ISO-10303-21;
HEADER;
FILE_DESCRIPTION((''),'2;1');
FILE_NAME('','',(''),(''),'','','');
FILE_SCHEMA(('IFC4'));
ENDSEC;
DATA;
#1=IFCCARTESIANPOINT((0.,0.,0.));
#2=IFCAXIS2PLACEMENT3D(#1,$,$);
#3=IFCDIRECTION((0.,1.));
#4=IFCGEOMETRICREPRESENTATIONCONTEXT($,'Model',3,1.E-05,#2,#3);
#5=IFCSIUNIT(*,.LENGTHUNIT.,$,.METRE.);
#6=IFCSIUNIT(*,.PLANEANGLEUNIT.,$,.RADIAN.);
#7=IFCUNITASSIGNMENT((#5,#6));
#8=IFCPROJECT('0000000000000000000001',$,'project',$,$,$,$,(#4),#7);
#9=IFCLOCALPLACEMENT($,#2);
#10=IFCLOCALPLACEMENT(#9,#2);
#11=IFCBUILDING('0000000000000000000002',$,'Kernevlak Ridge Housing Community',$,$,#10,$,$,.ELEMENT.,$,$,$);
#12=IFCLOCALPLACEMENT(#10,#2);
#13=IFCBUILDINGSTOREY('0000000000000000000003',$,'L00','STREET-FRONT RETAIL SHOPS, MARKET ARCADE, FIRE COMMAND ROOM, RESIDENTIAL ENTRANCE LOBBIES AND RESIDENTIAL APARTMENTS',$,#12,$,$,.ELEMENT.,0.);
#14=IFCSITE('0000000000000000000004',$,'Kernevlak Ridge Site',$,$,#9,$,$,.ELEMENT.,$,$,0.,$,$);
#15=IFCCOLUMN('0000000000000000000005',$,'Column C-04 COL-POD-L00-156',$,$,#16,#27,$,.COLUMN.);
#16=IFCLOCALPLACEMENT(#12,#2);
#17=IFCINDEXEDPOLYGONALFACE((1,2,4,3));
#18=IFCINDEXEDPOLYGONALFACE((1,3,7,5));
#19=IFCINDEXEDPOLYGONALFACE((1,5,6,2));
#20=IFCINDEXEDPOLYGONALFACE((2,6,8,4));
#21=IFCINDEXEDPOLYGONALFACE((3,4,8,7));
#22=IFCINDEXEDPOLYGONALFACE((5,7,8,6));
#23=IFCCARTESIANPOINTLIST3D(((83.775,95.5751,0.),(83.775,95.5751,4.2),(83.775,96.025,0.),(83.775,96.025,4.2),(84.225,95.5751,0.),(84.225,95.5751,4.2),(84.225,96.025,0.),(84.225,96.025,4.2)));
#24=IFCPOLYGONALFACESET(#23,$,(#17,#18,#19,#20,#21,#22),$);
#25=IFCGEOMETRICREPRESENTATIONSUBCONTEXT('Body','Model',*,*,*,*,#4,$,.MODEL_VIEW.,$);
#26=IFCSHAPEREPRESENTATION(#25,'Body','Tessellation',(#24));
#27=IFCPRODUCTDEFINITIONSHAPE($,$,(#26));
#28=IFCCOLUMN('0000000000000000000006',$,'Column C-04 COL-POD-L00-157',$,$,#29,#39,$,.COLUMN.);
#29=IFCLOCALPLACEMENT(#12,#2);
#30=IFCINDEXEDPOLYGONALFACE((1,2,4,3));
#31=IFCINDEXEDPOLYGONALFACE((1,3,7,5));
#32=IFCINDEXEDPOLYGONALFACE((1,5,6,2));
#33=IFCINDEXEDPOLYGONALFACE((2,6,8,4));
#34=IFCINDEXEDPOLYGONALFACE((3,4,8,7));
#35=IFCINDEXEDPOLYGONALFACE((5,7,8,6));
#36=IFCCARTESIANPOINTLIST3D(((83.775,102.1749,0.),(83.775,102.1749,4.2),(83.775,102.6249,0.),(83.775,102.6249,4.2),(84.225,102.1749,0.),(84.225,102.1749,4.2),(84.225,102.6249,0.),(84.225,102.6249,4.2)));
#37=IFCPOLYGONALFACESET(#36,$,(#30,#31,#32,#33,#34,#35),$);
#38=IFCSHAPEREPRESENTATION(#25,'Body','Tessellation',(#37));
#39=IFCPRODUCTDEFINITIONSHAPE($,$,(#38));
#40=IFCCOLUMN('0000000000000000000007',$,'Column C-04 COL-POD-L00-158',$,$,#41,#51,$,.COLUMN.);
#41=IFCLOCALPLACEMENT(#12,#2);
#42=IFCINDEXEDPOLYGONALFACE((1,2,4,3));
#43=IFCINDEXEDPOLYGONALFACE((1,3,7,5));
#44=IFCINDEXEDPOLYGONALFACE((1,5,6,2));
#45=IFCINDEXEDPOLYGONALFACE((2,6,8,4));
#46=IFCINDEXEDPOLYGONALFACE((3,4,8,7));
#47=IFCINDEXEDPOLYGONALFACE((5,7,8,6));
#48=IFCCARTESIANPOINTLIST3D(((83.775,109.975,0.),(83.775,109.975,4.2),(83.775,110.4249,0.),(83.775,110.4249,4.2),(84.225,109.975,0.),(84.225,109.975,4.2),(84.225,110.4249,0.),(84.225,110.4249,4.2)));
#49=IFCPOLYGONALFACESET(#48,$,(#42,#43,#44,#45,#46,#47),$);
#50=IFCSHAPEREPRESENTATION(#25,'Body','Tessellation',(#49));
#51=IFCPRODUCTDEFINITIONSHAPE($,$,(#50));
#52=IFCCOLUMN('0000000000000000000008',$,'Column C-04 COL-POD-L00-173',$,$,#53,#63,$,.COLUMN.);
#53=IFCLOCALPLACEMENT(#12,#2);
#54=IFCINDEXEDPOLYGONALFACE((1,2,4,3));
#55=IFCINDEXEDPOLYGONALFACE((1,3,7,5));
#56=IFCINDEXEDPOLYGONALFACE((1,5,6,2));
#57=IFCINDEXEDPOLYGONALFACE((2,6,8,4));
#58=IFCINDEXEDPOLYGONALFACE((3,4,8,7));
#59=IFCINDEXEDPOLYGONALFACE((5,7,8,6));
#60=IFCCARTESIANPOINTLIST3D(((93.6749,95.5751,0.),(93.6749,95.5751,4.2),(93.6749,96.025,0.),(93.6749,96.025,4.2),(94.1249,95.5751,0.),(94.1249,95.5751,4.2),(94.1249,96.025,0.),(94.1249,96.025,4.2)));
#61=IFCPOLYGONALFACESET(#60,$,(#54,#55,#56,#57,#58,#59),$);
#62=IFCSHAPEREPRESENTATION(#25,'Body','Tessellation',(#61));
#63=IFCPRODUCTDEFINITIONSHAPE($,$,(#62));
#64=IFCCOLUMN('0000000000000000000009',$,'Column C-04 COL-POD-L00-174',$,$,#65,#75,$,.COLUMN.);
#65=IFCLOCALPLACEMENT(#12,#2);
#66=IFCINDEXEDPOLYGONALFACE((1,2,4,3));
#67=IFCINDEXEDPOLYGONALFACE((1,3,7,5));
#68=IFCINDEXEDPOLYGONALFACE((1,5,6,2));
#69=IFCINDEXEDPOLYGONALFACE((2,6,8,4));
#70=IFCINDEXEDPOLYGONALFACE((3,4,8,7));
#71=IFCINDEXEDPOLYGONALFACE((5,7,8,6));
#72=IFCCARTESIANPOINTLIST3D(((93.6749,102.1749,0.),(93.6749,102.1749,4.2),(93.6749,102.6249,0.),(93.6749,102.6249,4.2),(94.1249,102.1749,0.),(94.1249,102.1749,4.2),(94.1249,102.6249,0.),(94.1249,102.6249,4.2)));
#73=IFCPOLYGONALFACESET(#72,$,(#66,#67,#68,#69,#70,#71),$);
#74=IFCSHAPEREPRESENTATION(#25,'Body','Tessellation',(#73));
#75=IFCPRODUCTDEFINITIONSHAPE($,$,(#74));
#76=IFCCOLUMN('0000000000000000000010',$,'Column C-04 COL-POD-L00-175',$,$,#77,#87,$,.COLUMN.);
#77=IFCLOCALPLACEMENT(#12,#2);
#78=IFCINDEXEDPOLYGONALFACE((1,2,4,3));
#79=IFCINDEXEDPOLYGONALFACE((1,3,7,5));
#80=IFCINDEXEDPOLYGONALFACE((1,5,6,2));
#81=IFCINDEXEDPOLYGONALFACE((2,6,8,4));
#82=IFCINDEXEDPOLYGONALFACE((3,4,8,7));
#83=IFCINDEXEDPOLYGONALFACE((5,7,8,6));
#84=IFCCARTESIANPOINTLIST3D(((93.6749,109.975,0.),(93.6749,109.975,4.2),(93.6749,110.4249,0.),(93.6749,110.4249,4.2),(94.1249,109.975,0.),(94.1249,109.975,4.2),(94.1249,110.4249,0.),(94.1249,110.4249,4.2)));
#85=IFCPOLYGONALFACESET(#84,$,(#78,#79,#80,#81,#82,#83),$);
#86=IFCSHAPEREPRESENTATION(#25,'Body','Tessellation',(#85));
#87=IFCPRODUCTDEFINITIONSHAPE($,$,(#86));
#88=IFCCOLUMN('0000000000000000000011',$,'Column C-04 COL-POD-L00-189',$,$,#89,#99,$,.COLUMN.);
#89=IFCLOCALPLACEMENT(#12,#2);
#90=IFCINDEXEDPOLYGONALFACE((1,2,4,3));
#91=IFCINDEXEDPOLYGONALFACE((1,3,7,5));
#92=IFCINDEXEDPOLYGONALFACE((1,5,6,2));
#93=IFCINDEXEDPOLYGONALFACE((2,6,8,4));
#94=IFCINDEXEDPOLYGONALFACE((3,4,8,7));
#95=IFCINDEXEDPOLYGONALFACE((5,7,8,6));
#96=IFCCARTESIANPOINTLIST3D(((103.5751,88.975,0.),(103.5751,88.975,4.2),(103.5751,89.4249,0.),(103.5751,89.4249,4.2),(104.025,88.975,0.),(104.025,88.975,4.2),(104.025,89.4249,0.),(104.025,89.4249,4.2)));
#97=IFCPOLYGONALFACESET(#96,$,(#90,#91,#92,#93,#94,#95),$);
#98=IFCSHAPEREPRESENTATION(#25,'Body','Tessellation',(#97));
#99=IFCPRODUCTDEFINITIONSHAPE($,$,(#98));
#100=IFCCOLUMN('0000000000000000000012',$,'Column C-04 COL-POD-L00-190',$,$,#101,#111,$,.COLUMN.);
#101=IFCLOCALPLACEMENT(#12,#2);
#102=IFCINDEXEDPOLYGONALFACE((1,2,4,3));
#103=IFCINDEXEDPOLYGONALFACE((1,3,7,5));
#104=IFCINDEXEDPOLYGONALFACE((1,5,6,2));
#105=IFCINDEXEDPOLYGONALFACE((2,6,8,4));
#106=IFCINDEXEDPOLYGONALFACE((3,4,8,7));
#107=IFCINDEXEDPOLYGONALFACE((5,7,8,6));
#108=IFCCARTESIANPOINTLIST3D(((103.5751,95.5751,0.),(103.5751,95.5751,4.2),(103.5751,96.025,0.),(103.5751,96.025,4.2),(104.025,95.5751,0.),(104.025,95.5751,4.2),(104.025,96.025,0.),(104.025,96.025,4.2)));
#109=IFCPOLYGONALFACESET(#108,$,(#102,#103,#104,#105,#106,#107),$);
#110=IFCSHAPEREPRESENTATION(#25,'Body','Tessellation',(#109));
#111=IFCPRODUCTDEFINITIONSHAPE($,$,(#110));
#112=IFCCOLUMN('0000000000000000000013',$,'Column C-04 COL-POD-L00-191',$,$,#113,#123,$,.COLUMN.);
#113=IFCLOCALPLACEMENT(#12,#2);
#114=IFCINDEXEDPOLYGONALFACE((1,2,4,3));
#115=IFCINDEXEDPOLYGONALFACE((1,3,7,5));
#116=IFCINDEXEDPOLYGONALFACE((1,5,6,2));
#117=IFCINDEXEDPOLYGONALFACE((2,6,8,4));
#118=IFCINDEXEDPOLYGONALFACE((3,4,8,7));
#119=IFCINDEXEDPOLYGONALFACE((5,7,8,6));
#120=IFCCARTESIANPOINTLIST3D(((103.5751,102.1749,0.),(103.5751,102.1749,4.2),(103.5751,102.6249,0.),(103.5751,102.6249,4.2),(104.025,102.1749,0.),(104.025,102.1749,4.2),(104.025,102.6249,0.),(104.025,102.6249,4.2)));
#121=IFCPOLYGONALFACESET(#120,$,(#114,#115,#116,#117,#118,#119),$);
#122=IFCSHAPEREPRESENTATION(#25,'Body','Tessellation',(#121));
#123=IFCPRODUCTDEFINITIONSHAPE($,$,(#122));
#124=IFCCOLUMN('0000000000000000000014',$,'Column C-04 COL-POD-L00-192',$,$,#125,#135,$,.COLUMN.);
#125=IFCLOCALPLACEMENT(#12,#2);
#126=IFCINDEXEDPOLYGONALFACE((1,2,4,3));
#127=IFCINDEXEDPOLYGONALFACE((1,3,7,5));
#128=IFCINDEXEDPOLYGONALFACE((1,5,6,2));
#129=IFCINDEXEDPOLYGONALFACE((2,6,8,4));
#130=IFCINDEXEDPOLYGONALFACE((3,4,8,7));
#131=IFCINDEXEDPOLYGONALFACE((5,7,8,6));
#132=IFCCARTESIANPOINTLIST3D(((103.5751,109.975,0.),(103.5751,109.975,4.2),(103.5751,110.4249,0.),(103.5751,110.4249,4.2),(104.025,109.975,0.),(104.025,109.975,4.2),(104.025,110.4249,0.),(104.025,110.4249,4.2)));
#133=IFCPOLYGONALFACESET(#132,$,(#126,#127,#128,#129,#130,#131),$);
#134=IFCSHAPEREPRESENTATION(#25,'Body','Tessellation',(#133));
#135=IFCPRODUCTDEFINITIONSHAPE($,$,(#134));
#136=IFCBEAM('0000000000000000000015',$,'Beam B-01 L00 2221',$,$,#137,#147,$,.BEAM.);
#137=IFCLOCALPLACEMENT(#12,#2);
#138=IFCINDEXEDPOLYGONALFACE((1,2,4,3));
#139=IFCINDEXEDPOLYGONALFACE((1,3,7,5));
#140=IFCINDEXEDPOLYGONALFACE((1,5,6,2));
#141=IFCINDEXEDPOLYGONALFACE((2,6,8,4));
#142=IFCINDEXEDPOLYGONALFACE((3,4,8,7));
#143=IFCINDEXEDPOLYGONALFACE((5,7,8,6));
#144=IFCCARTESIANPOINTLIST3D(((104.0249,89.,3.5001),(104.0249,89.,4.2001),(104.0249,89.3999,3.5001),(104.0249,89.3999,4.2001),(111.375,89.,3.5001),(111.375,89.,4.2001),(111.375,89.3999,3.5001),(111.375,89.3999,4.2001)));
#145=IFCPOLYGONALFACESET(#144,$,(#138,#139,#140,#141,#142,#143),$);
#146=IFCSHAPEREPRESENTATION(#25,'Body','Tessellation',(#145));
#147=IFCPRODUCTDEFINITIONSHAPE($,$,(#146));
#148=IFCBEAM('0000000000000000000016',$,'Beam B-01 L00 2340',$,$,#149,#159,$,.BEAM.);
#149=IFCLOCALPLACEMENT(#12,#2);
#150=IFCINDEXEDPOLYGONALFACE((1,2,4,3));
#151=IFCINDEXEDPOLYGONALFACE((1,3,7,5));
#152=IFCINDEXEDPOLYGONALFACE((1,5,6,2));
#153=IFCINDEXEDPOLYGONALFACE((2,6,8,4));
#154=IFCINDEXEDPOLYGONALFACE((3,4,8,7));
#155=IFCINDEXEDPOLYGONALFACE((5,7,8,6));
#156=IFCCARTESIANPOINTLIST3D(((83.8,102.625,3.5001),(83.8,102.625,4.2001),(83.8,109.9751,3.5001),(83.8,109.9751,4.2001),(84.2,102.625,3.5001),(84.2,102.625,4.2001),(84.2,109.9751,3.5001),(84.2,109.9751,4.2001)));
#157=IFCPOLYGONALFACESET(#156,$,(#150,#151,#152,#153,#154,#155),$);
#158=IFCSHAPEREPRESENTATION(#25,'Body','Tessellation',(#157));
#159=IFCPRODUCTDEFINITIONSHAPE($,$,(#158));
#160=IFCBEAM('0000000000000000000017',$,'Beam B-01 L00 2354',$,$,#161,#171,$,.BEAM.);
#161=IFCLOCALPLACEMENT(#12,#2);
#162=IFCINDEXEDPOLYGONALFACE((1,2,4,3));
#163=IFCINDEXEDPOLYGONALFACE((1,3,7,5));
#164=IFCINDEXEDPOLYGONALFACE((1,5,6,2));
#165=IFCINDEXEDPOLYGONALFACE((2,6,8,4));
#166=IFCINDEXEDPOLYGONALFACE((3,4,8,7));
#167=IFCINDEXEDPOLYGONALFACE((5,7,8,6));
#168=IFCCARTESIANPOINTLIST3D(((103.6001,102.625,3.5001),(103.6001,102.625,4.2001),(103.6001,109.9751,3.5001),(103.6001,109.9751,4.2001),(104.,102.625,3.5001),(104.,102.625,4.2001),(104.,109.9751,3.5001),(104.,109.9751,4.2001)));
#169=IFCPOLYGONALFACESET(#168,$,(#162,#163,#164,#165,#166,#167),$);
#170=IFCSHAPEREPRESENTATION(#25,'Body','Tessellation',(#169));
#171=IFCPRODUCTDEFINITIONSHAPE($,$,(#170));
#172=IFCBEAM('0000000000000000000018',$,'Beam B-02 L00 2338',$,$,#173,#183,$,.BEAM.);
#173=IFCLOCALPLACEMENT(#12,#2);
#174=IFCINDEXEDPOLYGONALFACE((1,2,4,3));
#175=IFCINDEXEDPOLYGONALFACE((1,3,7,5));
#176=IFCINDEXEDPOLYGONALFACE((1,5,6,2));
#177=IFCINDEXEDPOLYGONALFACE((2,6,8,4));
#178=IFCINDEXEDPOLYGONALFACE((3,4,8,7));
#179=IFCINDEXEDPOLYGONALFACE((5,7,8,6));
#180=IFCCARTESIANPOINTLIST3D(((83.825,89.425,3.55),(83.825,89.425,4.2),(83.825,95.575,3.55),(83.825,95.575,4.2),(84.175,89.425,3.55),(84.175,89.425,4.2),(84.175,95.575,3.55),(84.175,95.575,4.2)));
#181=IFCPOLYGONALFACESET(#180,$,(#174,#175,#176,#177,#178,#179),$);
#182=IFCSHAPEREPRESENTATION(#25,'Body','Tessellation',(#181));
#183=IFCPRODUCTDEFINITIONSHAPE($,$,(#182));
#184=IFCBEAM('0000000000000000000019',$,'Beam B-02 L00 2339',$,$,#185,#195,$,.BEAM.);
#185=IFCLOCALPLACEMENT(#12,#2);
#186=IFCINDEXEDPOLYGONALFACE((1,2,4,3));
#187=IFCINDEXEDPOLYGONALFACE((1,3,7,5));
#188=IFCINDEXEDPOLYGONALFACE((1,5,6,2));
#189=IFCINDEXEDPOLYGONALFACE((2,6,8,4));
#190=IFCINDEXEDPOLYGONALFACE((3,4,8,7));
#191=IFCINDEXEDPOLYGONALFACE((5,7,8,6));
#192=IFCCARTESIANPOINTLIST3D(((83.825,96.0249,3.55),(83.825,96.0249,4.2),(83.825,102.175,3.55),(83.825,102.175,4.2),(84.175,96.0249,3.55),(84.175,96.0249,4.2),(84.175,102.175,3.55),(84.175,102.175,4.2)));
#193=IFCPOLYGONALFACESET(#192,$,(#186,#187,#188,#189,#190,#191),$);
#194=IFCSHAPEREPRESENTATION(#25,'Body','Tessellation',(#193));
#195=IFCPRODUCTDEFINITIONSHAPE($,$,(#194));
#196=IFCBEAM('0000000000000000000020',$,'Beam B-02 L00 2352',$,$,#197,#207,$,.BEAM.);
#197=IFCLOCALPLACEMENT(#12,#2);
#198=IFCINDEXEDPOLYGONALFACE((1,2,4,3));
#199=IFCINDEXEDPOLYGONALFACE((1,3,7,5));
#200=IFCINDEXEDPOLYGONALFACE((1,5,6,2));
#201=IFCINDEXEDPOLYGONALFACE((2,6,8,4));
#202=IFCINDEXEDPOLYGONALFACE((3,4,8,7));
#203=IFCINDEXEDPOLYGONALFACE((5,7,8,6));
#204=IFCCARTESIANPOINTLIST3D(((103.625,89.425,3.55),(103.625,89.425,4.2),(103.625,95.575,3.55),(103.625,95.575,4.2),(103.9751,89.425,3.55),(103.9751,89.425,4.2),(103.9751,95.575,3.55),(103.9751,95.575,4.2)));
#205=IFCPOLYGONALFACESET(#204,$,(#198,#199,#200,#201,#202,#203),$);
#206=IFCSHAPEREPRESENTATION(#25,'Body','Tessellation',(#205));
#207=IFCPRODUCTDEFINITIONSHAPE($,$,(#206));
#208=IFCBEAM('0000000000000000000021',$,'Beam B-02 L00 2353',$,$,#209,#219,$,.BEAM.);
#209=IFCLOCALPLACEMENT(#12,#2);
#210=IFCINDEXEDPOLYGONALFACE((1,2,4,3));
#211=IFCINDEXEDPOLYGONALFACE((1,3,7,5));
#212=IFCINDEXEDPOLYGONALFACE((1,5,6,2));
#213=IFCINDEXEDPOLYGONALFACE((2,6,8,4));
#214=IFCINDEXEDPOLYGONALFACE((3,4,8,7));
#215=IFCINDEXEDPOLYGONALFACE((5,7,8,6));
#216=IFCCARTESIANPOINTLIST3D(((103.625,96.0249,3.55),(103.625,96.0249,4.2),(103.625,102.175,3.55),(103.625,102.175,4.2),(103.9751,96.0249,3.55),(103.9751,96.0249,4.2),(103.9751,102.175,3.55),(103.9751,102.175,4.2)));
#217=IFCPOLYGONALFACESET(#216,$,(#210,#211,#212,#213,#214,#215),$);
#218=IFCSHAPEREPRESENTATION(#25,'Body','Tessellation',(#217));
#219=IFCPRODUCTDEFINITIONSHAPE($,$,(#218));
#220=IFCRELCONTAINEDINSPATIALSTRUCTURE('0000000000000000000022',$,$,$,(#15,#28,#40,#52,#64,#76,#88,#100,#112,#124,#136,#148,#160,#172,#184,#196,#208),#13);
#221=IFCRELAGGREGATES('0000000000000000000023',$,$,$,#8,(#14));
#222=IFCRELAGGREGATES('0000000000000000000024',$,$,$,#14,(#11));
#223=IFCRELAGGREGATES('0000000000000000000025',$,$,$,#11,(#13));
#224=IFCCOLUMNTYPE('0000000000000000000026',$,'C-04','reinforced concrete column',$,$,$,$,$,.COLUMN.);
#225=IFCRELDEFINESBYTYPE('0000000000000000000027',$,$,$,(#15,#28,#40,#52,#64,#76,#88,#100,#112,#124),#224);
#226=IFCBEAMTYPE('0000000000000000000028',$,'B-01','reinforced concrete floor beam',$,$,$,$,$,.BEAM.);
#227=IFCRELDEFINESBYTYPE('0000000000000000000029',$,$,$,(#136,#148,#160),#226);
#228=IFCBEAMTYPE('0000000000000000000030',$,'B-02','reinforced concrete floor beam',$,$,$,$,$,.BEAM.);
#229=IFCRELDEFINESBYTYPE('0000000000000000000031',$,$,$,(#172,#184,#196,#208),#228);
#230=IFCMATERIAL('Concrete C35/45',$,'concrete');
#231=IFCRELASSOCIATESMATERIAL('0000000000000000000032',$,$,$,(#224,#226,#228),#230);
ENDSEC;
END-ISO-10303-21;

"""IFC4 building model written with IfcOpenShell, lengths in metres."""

from ifc_helpers import new_model, si_unit, direction, frame, origin, origin_2d, place, context, subcontext, project, spatial, rectangle, extrude, material, material_profile, profile_set, type_object, element, save


model = new_model("IFC4")

# Units and contexts
model_context = context("Model", 3, precision=1e-05, world=origin(), true_north=direction((0.0, 1.0)))
body_context = subcontext(model_context, "Body", "Model", "MODEL_VIEW")
ifc_project = project(units=[si_unit("LENGTHUNIT", "METRE"), si_unit("PLANEANGLEUNIT", "RADIAN")], contexts=[model_context])

# Site, building, storey
site_placement = place(None, origin())
site = spatial("IfcSite", under=ifc_project, at=site_placement, Name="Kernevlak Ridge Site", CompositionType="ELEMENT", RefElevation=0.0)
building_placement = place(site_placement, origin())
building = spatial("IfcBuilding", under=site, at=building_placement, Name="Kernevlak Ridge Housing Community", CompositionType="ELEMENT")
storey_placement = place(building_placement, origin())
storey = spatial("IfcBuildingStorey", under=building, at=storey_placement, Name="L00", Description="STREET-FRONT RETAIL SHOPS, MARKET ARCADE, FIRE COMMAND ROOM, RESIDENTIAL ENTRANCE LOBBIES AND RESIDENTIAL APARTMENTS", CompositionType="ELEMENT", Elevation=0.0)

# Columns
ifc_material_1 = material(Name="Concrete C35/45", Category="concrete")
ifc_material_profile_1 = material_profile(ifc_material_1, rectangle(XDim=0.45, YDim=0.45, at=origin_2d()), Name="RC 450x450")
ifc_profile_set_1 = profile_set([ifc_material_profile_1], Name="Concrete C35/45")
column_type = type_object("IfcColumnType", Name="C-04", Description="reinforced concrete column", PredefinedType="COLUMN", material=ifc_profile_set_1)
for number, where, z_axis, x_axis, name in (
    (1, (84.0, 95.8, 0.0), (0.0, 0.0, 1.0), (1.0, 0.0, 0.0), "Column C-04 COL-POD-L00-156"),
    (2, (84.0, 102.3999, 0.0), (0.0, 0.0, 1.0), (1.0, 0.0, 0.0), "Column C-04 COL-POD-L00-157"),
    (3, (84.0, 110.2, 0.0), (0.0, 0.0, 1.0), (1.0, 0.0, 0.0), "Column C-04 COL-POD-L00-158"),
    (4, (93.8999, 95.8, 0.0), (0.0, 0.0, 1.0), (1.0, 0.0, 0.0), "Column C-04 COL-POD-L00-173"),
    (5, (93.8999, 102.3999, 0.0), (0.0, 0.0, 1.0), (1.0, 0.0, 0.0), "Column C-04 COL-POD-L00-174"),
    (6, (93.8999, 110.2, 0.0), (0.0, 0.0, 1.0), (1.0, 0.0, 0.0), "Column C-04 COL-POD-L00-175"),
    (7, (103.8, 89.2, 0.0), (0.0, 0.0, 1.0), (1.0, 0.0, 0.0), "Column C-04 COL-POD-L00-189"),
    (8, (103.8, 95.8, 0.0), (0.0, 0.0, 1.0), (1.0, 0.0, 0.0), "Column C-04 COL-POD-L00-190"),
    (9, (103.8, 102.3999, 0.0), (0.0, 0.0, 1.0), (1.0, 0.0, 0.0), "Column C-04 COL-POD-L00-191"),
    (10, (103.8, 110.2, 0.0), (0.0, 0.0, 1.0), (1.0, 0.0, 0.0), "Column C-04 COL-POD-L00-192"),
):
    element("IfcColumn", number, at=place(storey_placement, frame(where, z_axis=z_axis, x_axis=x_axis)), inside=storey, type_object=column_type, Name=name, PredefinedType="COLUMN", context=body_context, shape_type="SweptSolid", body=[
        extrude(rectangle(XDim=0.45, YDim=0.45, at=origin_2d()), origin(), (0.0, 0.0, 1.0), 4.2),
    ])

# Beams
ifc_material_profile_2 = material_profile(ifc_material_1, rectangle(XDim=0.3999, YDim=0.7, at=origin_2d()), Name="RC 400x700")
ifc_profile_set_2 = profile_set([ifc_material_profile_2], Name="Concrete C35/45")
beam_type_1 = type_object("IfcBeamType", Name="B-01", Description="reinforced concrete floor beam", PredefinedType="BEAM", material=ifc_profile_set_2)
for number, where, z_axis, x_axis, name in (
    (11, (104.0249, 89.2, 3.8501), (1.0, 0.0, 0.0), (0.0, 1.0, 0.0), "Beam B-01 L00 2221"),
    (12, (84.0, 102.625, 3.8501), (0.0, 1.0, 0.0), (-1.0, 0.0, 0.0), "Beam B-01 L00 2340"),
    (13, (103.8, 102.625, 3.8501), (0.0, 1.0, 0.0), (-1.0, 0.0, 0.0), "Beam B-01 L00 2354"),
):
    element("IfcBeam", number, at=place(storey_placement, frame(where, z_axis=z_axis, x_axis=x_axis)), inside=storey, type_object=beam_type_1, Name=name, PredefinedType="BEAM", context=body_context, shape_type="SweptSolid", body=[
        extrude(rectangle(XDim=0.3999, YDim=0.7, at=origin_2d()), origin(), (0.0, 0.0, 1.0), 7.3501),
    ])
ifc_material_profile_3 = material_profile(ifc_material_1, rectangle(XDim=0.3501, YDim=0.6499, at=origin_2d()), Name="RC 350x650")
ifc_profile_set_3 = profile_set([ifc_material_profile_3], Name="Concrete C35/45")
beam_type_2 = type_object("IfcBeamType", Name="B-02", Description="reinforced concrete floor beam", PredefinedType="BEAM", material=ifc_profile_set_3)
beam_1_placement = place(storey_placement, frame((84.0, 89.425, 3.875), z_axis=(0.0, 1.0, 0.0), x_axis=(-1.0, 0.0, 0.0)))
element("IfcBeam", 14, at=beam_1_placement, inside=storey, type_object=beam_type_2, Name="Beam B-02 L00 2338", PredefinedType="BEAM", context=body_context, shape_type="SweptSolid", body=[
    extrude(rectangle(XDim=0.3501, YDim=0.6499, at=origin_2d()), origin(), (0.0, 0.0, 1.0), 6.1499),
])
beam_2_placement = place(storey_placement, frame((84.0, 96.0249, 3.875), z_axis=(0.0, 1.0, 0.0), x_axis=(-1.0, 0.0, 0.0)))
element("IfcBeam", 15, at=beam_2_placement, inside=storey, type_object=beam_type_2, Name="Beam B-02 L00 2339", PredefinedType="BEAM", context=body_context, shape_type="SweptSolid", body=[
    extrude(rectangle(XDim=0.3501, YDim=0.6499, at=origin_2d()), origin(), (0.0, 0.0, 1.0), 6.1501),
])
beam_3_placement = place(storey_placement, frame((103.8, 89.425, 3.875), z_axis=(0.0, 1.0, 0.0), x_axis=(-1.0, 0.0, 0.0)))
element("IfcBeam", 16, at=beam_3_placement, inside=storey, type_object=beam_type_2, Name="Beam B-02 L00 2352", PredefinedType="BEAM", context=body_context, shape_type="SweptSolid", body=[
    extrude(rectangle(XDim=0.3501, YDim=0.6499, at=origin_2d()), origin(), (0.0, 0.0, 1.0), 6.1499),
])
beam_4_placement = place(storey_placement, frame((103.8, 96.0249, 3.875), z_axis=(0.0, 1.0, 0.0), x_axis=(-1.0, 0.0, 0.0)))
element("IfcBeam", 17, at=beam_4_placement, inside=storey, type_object=beam_type_2, Name="Beam B-02 L00 2353", PredefinedType="BEAM", context=body_context, shape_type="SweptSolid", body=[
    extrude(rectangle(XDim=0.3501, YDim=0.6499, at=origin_2d()), origin(), (0.0, 0.0, 1.0), 6.1501),
])

save(model, "model.ifc")
